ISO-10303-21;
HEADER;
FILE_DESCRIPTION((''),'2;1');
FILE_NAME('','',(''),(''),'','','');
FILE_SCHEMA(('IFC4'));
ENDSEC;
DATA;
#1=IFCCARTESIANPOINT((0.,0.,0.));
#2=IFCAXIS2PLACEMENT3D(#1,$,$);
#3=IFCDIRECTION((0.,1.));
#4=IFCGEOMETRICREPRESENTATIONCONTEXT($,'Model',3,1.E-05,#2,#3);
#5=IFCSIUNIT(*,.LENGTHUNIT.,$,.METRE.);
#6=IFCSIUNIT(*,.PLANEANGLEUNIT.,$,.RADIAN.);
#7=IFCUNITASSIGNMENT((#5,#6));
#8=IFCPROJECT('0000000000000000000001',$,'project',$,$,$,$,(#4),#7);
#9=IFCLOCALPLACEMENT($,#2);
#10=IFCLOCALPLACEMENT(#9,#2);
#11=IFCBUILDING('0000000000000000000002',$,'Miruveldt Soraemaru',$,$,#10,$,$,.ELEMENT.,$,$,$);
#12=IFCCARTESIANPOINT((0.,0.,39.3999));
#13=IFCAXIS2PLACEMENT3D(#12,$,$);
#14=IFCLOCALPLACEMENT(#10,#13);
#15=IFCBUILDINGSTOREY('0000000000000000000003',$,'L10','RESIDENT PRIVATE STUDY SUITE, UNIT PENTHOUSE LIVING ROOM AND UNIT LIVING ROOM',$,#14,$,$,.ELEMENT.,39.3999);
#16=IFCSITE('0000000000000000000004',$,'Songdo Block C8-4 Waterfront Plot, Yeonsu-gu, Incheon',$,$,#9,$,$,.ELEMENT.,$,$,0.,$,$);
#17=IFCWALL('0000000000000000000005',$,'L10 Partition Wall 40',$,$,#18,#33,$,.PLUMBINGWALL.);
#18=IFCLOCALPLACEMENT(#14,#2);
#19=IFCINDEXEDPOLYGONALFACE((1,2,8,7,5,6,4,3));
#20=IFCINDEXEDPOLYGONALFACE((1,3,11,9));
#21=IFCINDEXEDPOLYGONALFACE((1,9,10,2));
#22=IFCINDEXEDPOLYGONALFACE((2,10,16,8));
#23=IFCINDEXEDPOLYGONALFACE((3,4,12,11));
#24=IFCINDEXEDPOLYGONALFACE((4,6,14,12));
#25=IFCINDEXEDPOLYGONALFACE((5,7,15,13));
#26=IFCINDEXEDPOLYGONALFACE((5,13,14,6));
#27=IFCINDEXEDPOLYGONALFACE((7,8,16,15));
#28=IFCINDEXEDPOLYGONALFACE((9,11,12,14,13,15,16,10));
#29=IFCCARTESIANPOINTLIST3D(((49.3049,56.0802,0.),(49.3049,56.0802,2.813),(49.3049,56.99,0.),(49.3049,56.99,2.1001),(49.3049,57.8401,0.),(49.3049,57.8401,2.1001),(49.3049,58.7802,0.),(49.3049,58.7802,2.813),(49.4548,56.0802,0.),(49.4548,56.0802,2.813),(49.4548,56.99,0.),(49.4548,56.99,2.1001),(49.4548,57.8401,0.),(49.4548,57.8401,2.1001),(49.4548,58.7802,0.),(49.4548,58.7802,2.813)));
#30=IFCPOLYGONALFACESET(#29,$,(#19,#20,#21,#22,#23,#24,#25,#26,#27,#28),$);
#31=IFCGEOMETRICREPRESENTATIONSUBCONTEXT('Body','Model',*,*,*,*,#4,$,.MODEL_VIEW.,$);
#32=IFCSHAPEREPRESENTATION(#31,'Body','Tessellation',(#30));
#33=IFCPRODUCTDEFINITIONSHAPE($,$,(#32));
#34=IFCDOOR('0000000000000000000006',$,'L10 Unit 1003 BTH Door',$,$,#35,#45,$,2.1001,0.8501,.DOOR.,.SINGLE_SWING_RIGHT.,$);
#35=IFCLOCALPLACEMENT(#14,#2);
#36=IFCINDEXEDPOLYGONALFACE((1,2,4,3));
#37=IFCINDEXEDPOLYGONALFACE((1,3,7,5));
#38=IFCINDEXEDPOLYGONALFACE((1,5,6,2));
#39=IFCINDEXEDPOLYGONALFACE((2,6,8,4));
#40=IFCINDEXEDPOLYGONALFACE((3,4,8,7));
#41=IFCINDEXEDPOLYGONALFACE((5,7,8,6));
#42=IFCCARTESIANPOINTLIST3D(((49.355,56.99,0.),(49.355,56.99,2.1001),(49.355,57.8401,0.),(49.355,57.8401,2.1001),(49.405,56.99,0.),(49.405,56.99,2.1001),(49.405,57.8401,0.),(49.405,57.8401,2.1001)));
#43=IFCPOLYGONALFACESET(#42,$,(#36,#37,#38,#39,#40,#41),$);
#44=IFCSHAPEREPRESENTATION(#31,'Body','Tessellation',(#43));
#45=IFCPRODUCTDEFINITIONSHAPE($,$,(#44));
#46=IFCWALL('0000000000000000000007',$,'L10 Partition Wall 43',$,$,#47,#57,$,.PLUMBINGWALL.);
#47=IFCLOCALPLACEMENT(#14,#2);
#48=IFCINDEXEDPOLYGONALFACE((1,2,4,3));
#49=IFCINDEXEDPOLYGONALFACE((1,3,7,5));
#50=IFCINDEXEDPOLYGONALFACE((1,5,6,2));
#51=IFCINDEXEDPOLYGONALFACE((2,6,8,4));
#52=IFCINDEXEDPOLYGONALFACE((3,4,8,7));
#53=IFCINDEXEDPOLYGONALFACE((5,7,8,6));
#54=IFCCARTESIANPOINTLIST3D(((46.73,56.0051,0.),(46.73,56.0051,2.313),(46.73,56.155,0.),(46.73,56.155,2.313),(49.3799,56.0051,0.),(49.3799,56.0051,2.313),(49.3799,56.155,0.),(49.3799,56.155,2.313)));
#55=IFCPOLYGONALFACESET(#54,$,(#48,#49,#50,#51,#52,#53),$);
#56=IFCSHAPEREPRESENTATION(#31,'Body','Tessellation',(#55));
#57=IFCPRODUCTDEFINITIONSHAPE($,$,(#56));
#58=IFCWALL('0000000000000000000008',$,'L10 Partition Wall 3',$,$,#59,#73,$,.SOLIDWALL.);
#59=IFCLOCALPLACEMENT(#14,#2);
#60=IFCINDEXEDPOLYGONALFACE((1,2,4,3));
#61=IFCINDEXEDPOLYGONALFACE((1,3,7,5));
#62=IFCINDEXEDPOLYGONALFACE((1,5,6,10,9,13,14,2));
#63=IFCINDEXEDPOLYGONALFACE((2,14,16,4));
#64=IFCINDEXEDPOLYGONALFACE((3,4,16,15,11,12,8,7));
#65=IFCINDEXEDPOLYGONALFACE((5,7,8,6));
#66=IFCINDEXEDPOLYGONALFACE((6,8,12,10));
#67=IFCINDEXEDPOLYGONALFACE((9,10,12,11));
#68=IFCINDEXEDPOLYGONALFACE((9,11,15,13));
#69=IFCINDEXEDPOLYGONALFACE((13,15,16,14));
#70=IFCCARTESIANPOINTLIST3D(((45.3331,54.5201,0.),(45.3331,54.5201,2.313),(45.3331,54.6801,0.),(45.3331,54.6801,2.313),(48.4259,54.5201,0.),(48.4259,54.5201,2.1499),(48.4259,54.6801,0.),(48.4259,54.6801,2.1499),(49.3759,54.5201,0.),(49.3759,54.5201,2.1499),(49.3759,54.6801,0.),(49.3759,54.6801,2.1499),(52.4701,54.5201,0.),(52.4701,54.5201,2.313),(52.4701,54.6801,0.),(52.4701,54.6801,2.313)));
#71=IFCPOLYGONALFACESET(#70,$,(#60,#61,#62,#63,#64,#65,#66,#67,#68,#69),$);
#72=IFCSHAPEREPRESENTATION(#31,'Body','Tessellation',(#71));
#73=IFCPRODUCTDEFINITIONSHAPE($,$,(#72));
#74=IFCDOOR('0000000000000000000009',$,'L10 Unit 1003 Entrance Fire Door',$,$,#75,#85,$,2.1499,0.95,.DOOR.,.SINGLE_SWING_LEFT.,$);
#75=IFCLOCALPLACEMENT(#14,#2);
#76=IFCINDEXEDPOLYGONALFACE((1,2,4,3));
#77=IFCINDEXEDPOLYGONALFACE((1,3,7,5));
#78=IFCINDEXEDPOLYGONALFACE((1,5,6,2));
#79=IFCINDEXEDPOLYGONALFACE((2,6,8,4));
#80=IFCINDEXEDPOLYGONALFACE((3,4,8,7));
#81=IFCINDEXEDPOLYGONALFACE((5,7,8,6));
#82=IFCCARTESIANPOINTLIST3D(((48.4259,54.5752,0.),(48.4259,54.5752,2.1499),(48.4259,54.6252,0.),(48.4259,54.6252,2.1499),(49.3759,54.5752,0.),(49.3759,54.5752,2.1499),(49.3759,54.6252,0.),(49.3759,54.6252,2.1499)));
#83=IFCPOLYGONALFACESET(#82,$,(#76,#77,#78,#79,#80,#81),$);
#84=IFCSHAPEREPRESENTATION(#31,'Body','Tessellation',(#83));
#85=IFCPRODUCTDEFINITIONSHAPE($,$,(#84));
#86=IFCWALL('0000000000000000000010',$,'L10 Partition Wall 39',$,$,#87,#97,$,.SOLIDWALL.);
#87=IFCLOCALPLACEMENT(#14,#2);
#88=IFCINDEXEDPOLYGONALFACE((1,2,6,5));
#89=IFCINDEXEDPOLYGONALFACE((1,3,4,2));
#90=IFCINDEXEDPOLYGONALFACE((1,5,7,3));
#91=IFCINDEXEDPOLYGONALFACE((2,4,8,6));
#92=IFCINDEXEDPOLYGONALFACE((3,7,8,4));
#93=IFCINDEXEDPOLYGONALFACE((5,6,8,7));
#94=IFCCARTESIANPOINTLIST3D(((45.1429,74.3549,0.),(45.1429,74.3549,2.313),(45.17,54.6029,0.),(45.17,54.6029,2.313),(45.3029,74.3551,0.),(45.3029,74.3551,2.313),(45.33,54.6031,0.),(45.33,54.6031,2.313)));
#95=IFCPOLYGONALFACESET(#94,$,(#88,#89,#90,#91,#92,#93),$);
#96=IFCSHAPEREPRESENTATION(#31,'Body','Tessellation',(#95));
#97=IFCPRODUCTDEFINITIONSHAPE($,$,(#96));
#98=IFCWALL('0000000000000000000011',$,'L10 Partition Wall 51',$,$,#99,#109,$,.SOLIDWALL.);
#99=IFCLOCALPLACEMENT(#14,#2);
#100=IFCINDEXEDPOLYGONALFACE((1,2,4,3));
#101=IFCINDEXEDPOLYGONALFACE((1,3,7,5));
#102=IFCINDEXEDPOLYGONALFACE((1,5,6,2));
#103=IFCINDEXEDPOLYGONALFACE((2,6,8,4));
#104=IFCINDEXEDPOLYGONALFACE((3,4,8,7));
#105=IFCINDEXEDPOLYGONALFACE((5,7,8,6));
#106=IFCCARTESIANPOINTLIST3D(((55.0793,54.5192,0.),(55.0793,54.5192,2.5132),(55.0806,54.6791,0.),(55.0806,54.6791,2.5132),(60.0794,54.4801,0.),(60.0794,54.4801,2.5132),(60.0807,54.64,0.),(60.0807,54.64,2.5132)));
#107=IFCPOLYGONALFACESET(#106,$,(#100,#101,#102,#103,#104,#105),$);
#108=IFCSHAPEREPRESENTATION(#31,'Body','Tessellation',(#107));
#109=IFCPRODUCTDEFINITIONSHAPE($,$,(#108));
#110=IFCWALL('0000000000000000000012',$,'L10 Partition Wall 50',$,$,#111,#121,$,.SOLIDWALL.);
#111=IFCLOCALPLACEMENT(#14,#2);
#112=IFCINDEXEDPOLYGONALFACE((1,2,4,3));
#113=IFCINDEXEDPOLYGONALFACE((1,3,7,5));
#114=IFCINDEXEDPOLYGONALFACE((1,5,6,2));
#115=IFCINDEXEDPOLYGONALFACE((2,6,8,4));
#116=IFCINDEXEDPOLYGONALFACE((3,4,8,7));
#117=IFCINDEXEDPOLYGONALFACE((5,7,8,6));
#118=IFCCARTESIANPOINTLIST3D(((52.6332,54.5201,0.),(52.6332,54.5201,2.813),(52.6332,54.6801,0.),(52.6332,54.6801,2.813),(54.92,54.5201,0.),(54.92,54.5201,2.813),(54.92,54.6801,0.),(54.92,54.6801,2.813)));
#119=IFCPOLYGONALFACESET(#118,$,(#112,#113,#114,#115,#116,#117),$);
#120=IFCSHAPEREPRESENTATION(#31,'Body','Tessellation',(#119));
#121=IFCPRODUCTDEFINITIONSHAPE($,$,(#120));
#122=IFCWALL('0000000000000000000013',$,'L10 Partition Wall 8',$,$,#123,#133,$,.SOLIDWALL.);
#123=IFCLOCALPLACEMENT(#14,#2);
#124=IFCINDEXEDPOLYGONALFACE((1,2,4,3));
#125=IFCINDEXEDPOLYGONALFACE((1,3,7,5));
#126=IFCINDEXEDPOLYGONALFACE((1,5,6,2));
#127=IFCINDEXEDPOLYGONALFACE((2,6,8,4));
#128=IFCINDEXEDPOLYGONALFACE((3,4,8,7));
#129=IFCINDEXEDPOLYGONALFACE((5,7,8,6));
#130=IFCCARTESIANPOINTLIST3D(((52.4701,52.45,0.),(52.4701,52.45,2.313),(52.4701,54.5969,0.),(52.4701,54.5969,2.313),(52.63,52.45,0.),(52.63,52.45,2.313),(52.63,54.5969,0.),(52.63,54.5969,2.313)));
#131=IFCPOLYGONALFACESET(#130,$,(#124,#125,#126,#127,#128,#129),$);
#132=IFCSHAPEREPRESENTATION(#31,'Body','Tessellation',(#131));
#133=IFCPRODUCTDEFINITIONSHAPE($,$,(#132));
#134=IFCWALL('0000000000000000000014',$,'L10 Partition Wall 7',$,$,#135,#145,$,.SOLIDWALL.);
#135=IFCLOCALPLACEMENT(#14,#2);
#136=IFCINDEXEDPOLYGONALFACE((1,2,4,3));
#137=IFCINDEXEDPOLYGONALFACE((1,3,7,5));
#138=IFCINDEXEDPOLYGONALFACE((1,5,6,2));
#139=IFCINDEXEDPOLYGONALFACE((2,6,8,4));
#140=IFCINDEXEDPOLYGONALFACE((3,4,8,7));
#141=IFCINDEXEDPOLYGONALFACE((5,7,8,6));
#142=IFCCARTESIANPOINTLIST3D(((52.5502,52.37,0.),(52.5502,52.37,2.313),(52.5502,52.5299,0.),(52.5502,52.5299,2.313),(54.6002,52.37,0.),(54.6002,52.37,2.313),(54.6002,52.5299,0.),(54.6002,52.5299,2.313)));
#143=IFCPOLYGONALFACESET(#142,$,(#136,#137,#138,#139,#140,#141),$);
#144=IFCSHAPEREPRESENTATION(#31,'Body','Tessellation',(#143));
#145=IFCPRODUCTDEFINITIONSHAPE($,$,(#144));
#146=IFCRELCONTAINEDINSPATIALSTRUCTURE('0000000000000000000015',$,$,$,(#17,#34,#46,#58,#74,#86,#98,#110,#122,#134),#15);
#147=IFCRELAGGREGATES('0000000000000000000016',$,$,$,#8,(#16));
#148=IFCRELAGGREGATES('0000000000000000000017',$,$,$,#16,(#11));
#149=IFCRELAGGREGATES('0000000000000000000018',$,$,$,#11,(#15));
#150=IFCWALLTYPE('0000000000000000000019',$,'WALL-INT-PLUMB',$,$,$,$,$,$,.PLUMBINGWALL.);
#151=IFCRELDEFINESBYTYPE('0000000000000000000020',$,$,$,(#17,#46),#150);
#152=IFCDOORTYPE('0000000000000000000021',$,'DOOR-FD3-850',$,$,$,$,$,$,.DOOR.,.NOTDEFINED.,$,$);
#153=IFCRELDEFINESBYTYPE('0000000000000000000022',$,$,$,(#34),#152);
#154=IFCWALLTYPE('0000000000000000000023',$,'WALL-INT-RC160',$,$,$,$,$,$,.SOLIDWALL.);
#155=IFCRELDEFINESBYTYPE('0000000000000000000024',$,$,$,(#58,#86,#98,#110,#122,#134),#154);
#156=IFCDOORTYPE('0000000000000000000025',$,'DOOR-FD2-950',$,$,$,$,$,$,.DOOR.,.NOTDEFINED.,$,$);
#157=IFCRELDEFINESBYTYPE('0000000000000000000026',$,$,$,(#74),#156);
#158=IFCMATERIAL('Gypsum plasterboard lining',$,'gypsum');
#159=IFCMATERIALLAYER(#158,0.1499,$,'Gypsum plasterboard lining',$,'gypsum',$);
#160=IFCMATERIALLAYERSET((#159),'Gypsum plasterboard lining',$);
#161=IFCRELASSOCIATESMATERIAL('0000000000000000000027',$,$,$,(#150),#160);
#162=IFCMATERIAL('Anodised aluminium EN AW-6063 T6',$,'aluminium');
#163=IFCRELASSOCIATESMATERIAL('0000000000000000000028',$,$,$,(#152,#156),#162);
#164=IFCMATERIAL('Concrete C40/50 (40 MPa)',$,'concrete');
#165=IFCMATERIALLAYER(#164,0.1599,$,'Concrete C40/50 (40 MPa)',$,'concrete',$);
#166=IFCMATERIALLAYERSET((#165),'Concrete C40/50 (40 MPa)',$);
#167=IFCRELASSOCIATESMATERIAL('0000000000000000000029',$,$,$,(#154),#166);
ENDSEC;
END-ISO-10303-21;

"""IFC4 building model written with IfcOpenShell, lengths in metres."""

from ifc_helpers import new_model, si_unit, direction, frame, frame_2d, origin, place, context, subcontext, project, spatial, rectangle, extrude, material, layer, layer_set, type_object, element, fill, save


model = new_model("IFC4")

# Units and contexts
model_context = context("Model", 3, precision=1e-05, world=origin(), true_north=direction((0.0, 1.0)))
body_context = subcontext(model_context, "Body", "Model", "MODEL_VIEW")
ifc_project = project(units=[si_unit("LENGTHUNIT", "METRE"), si_unit("PLANEANGLEUNIT", "RADIAN")], contexts=[model_context])

# Site, building, storey
site_placement = place(None, origin())
site = spatial("IfcSite", under=ifc_project, at=site_placement, Name="Songdo Block C8-4 Waterfront Plot, Yeonsu-gu, Incheon", CompositionType="ELEMENT", RefElevation=0.0)
building_placement = place(site_placement, origin())
building = spatial("IfcBuilding", under=site, at=building_placement, Name="Miruveldt Soraemaru", CompositionType="ELEMENT")
storey_placement = place(building_placement, frame((0.0, 0.0, 39.3999)))
storey = spatial("IfcBuildingStorey", under=building, at=storey_placement, Name="L10", Description="RESIDENT PRIVATE STUDY SUITE, UNIT PENTHOUSE LIVING ROOM AND UNIT LIVING ROOM", CompositionType="ELEMENT", Elevation=39.3999)

# Shared definitions
ifc_material_1 = material(Name="Gypsum plasterboard lining", Category="gypsum")
ifc_material_2 = material(Name="Anodised aluminium EN AW-6063 T6", Category="aluminium")

# Wall, opening, door
ifc_layer_1 = layer(ifc_material_1, 0.1499, Name="Gypsum plasterboard lining", Category="gypsum")
ifc_layer_set_1 = layer_set([ifc_layer_1], Name="Gypsum plasterboard lining")
wall_type_1 = type_object("IfcWallType", Name="WALL-INT-PLUMB", PredefinedType="PLUMBINGWALL", material=ifc_layer_set_1)
wall_1_placement = place(storey_placement, frame((49.3799, 56.0801, 0.0), z_axis=(0.0, 0.0, 1.0), x_axis=(0.0, 1.0, 0.0)))
wall_1 = element("IfcWall", 1, at=wall_1_placement, inside=storey, type_object=wall_type_1, Name="L10 Partition Wall 40", PredefinedType="PLUMBINGWALL", context=body_context, shape_type="SweptSolid", body=[
    extrude(rectangle(XDim=2.7, YDim=0.1499, at=frame_2d((1.3501, 0.0))), origin(), (0.0, 0.0, 1.0), 2.813),
])
opening_1_placement = place(wall_1_placement, frame((0.9099, 0.0, 0.0)))
opening_1 = element("IfcOpeningElement", 2, at=opening_1_placement, cuts=wall_1, PredefinedType="OPENING", context=body_context, shape_type="SweptSolid", body=[
    extrude(rectangle(XDim=0.8501, YDim=2.1001, at=frame_2d((0.425, 1.05))), frame((0.0, 0.085, 0.0), z_axis=(0.0, -1.0, 0.0), x_axis=(1.0, 0.0, 0.0)), (0.0, 0.0, 1.0), 0.1699),
])
door_type_1 = type_object("IfcDoorType", Name="DOOR-FD3-850", OperationType="NOTDEFINED", PredefinedType="DOOR", material=ifc_material_2)
door_1_placement = place(opening_1_placement, origin())
door_1 = element("IfcDoor", 3, at=door_1_placement, inside=storey, type_object=door_type_1, Name="L10 Unit 1003 BTH Door", OperationType="SINGLE_SWING_RIGHT", OverallHeight=2.1001, OverallWidth=0.8501, PredefinedType="DOOR", context=body_context, shape_type="SweptSolid", body=[
    extrude(rectangle(XDim=0.8501, YDim=2.1001, at=frame_2d((0.425, 1.05))), frame((0.0, 0.0249, 0.0), z_axis=(0.0, -1.0, 0.0), x_axis=(1.0, 0.0, 0.0)), (0.0, 0.0, 1.0), 0.05),
])
fill(opening_1, door_1)

# Wall
wall_2_placement = place(storey_placement, frame((46.73, 56.0801, 0.0), z_axis=(0.0, 0.0, 1.0), x_axis=(1.0, 0.0, 0.0)))
element("IfcWall", 4, at=wall_2_placement, inside=storey, type_object=wall_type_1, Name="L10 Partition Wall 43", PredefinedType="PLUMBINGWALL", context=body_context, shape_type="SweptSolid", body=[
    extrude(rectangle(XDim=2.6499, YDim=0.1499, at=frame_2d((1.325, 0.0))), origin(), (0.0, 0.0, 1.0), 2.313),
])

# Wall, opening, door
ifc_material_3 = material(Name="Concrete C40/50 (40 MPa)", Category="concrete")
ifc_layer_2 = layer(ifc_material_3, 0.1599, Name="Concrete C40/50 (40 MPa)", Category="concrete")
ifc_layer_set_2 = layer_set([ifc_layer_2], Name="Concrete C40/50 (40 MPa)")
wall_type_2 = type_object("IfcWallType", Name="WALL-INT-RC160", PredefinedType="SOLIDWALL", material=ifc_layer_set_2)
wall_3_placement = place(storey_placement, frame((52.47, 54.6001, 0.0), z_axis=(0.0, 0.0, 1.0), x_axis=(-1.0, 0.0, 0.0)))
wall_3 = element("IfcWall", 5, at=wall_3_placement, inside=storey, type_object=wall_type_2, Name="L10 Partition Wall 3", PredefinedType="SOLIDWALL", context=body_context, shape_type="SweptSolid", body=[
    extrude(rectangle(XDim=7.137, YDim=0.1599, at=frame_2d((3.5684, 0.0))), origin(), (0.0, 0.0, 1.0), 2.313),
])
opening_2_placement = place(wall_3_placement, frame((3.094, 0.0, 0.0)))
opening_2 = element("IfcOpeningElement", 6, at=opening_2_placement, cuts=wall_3, PredefinedType="OPENING", context=body_context, shape_type="SweptSolid", body=[
    extrude(rectangle(XDim=0.95, YDim=2.1499, at=frame_2d((0.4751, 1.075))), frame((0.0, 0.0898, 0.0), z_axis=(0.0, -1.0, 0.0), x_axis=(1.0, 0.0, 0.0)), (0.0, 0.0, 1.0), 0.1799),
])
door_type_2 = type_object("IfcDoorType", Name="DOOR-FD2-950", OperationType="NOTDEFINED", PredefinedType="DOOR", material=ifc_material_2)
door_2_placement = place(opening_2_placement, origin())
door_2 = element("IfcDoor", 7, at=door_2_placement, inside=storey, type_object=door_type_2, Name="L10 Unit 1003 Entrance Fire Door", OperationType="SINGLE_SWING_LEFT", OverallHeight=2.1499, OverallWidth=0.95, PredefinedType="DOOR", context=body_context, shape_type="SweptSolid", body=[
    extrude(rectangle(XDim=0.95, YDim=2.1499, at=frame_2d((0.4751, 1.075))), frame((0.0, 0.0249, 0.0), z_axis=(0.0, -1.0, 0.0), x_axis=(1.0, 0.0, 0.0)), (0.0, 0.0, 1.0), 0.05),
])
fill(opening_2, door_2)

# Walls
wall_4_placement = place(storey_placement, frame((45.25, 54.603, 0.0), z_axis=(0.0, 0.0, 1.0), x_axis=(-0.001372, 0.999999, 0.0)))
element("IfcWall", 8, at=wall_4_placement, inside=storey, type_object=wall_type_2, Name="L10 Partition Wall 39", PredefinedType="SOLIDWALL", context=body_context, shape_type="SweptSolid", body=[
    extrude(rectangle(XDim=19.752, YDim=0.1599, at=frame_2d((9.876, 0.0))), origin(), (0.0, 0.0, 1.0), 2.313),
])
wall_5_placement = place(storey_placement, frame((55.0801, 54.5991, 0.0), z_axis=(0.0, 0.0, 1.0), x_axis=(0.999969, -0.007812, 0.0)))
element("IfcWall", 9, at=wall_5_placement, inside=storey, type_object=wall_type_2, Name="L10 Partition Wall 51", PredefinedType="SOLIDWALL", context=body_context, shape_type="SweptSolid", body=[
    extrude(rectangle(XDim=5.0002, YDim=0.1599, at=frame_2d((2.5, 0.0))), origin(), (0.0, 0.0, 1.0), 2.5132),
])
wall_6_placement = place(storey_placement, frame((52.6331, 54.6001, 0.0), z_axis=(0.0, 0.0, 1.0), x_axis=(1.0, 0.0, 0.0)))
element("IfcWall", 10, at=wall_6_placement, inside=storey, type_object=wall_type_2, Name="L10 Partition Wall 50", PredefinedType="SOLIDWALL", context=body_context, shape_type="SweptSolid", body=[
    extrude(rectangle(XDim=2.2869, YDim=0.1599, at=frame_2d((1.1436, 0.0))), origin(), (0.0, 0.0, 1.0), 2.813),
])
wall_7_placement = place(storey_placement, frame((52.55, 52.45, 0.0), z_axis=(0.0, 0.0, 1.0), x_axis=(0.0, 1.0, 0.0)))
element("IfcWall", 11, at=wall_7_placement, inside=storey, type_object=wall_type_2, Name="L10 Partition Wall 8", PredefinedType="SOLIDWALL", context=body_context, shape_type="SweptSolid", body=[
    extrude(rectangle(XDim=2.147, YDim=0.1599, at=frame_2d((1.0735, 0.0))), origin(), (0.0, 0.0, 1.0), 2.313),
])
wall_8_placement = place(storey_placement, frame((54.6001, 52.45, 0.0), z_axis=(0.0, 0.0, 1.0), x_axis=(-1.0, 0.0, 0.0)))
element("IfcWall", 12, at=wall_8_placement, inside=storey, type_object=wall_type_2, Name="L10 Partition Wall 7", PredefinedType="SOLIDWALL", context=body_context, shape_type="SweptSolid", body=[
    extrude(rectangle(XDim=2.05, YDim=0.1599, at=frame_2d((1.0249, 0.0))), origin(), (0.0, 0.0, 1.0), 2.313),
])

save(model, "model.ifc")
